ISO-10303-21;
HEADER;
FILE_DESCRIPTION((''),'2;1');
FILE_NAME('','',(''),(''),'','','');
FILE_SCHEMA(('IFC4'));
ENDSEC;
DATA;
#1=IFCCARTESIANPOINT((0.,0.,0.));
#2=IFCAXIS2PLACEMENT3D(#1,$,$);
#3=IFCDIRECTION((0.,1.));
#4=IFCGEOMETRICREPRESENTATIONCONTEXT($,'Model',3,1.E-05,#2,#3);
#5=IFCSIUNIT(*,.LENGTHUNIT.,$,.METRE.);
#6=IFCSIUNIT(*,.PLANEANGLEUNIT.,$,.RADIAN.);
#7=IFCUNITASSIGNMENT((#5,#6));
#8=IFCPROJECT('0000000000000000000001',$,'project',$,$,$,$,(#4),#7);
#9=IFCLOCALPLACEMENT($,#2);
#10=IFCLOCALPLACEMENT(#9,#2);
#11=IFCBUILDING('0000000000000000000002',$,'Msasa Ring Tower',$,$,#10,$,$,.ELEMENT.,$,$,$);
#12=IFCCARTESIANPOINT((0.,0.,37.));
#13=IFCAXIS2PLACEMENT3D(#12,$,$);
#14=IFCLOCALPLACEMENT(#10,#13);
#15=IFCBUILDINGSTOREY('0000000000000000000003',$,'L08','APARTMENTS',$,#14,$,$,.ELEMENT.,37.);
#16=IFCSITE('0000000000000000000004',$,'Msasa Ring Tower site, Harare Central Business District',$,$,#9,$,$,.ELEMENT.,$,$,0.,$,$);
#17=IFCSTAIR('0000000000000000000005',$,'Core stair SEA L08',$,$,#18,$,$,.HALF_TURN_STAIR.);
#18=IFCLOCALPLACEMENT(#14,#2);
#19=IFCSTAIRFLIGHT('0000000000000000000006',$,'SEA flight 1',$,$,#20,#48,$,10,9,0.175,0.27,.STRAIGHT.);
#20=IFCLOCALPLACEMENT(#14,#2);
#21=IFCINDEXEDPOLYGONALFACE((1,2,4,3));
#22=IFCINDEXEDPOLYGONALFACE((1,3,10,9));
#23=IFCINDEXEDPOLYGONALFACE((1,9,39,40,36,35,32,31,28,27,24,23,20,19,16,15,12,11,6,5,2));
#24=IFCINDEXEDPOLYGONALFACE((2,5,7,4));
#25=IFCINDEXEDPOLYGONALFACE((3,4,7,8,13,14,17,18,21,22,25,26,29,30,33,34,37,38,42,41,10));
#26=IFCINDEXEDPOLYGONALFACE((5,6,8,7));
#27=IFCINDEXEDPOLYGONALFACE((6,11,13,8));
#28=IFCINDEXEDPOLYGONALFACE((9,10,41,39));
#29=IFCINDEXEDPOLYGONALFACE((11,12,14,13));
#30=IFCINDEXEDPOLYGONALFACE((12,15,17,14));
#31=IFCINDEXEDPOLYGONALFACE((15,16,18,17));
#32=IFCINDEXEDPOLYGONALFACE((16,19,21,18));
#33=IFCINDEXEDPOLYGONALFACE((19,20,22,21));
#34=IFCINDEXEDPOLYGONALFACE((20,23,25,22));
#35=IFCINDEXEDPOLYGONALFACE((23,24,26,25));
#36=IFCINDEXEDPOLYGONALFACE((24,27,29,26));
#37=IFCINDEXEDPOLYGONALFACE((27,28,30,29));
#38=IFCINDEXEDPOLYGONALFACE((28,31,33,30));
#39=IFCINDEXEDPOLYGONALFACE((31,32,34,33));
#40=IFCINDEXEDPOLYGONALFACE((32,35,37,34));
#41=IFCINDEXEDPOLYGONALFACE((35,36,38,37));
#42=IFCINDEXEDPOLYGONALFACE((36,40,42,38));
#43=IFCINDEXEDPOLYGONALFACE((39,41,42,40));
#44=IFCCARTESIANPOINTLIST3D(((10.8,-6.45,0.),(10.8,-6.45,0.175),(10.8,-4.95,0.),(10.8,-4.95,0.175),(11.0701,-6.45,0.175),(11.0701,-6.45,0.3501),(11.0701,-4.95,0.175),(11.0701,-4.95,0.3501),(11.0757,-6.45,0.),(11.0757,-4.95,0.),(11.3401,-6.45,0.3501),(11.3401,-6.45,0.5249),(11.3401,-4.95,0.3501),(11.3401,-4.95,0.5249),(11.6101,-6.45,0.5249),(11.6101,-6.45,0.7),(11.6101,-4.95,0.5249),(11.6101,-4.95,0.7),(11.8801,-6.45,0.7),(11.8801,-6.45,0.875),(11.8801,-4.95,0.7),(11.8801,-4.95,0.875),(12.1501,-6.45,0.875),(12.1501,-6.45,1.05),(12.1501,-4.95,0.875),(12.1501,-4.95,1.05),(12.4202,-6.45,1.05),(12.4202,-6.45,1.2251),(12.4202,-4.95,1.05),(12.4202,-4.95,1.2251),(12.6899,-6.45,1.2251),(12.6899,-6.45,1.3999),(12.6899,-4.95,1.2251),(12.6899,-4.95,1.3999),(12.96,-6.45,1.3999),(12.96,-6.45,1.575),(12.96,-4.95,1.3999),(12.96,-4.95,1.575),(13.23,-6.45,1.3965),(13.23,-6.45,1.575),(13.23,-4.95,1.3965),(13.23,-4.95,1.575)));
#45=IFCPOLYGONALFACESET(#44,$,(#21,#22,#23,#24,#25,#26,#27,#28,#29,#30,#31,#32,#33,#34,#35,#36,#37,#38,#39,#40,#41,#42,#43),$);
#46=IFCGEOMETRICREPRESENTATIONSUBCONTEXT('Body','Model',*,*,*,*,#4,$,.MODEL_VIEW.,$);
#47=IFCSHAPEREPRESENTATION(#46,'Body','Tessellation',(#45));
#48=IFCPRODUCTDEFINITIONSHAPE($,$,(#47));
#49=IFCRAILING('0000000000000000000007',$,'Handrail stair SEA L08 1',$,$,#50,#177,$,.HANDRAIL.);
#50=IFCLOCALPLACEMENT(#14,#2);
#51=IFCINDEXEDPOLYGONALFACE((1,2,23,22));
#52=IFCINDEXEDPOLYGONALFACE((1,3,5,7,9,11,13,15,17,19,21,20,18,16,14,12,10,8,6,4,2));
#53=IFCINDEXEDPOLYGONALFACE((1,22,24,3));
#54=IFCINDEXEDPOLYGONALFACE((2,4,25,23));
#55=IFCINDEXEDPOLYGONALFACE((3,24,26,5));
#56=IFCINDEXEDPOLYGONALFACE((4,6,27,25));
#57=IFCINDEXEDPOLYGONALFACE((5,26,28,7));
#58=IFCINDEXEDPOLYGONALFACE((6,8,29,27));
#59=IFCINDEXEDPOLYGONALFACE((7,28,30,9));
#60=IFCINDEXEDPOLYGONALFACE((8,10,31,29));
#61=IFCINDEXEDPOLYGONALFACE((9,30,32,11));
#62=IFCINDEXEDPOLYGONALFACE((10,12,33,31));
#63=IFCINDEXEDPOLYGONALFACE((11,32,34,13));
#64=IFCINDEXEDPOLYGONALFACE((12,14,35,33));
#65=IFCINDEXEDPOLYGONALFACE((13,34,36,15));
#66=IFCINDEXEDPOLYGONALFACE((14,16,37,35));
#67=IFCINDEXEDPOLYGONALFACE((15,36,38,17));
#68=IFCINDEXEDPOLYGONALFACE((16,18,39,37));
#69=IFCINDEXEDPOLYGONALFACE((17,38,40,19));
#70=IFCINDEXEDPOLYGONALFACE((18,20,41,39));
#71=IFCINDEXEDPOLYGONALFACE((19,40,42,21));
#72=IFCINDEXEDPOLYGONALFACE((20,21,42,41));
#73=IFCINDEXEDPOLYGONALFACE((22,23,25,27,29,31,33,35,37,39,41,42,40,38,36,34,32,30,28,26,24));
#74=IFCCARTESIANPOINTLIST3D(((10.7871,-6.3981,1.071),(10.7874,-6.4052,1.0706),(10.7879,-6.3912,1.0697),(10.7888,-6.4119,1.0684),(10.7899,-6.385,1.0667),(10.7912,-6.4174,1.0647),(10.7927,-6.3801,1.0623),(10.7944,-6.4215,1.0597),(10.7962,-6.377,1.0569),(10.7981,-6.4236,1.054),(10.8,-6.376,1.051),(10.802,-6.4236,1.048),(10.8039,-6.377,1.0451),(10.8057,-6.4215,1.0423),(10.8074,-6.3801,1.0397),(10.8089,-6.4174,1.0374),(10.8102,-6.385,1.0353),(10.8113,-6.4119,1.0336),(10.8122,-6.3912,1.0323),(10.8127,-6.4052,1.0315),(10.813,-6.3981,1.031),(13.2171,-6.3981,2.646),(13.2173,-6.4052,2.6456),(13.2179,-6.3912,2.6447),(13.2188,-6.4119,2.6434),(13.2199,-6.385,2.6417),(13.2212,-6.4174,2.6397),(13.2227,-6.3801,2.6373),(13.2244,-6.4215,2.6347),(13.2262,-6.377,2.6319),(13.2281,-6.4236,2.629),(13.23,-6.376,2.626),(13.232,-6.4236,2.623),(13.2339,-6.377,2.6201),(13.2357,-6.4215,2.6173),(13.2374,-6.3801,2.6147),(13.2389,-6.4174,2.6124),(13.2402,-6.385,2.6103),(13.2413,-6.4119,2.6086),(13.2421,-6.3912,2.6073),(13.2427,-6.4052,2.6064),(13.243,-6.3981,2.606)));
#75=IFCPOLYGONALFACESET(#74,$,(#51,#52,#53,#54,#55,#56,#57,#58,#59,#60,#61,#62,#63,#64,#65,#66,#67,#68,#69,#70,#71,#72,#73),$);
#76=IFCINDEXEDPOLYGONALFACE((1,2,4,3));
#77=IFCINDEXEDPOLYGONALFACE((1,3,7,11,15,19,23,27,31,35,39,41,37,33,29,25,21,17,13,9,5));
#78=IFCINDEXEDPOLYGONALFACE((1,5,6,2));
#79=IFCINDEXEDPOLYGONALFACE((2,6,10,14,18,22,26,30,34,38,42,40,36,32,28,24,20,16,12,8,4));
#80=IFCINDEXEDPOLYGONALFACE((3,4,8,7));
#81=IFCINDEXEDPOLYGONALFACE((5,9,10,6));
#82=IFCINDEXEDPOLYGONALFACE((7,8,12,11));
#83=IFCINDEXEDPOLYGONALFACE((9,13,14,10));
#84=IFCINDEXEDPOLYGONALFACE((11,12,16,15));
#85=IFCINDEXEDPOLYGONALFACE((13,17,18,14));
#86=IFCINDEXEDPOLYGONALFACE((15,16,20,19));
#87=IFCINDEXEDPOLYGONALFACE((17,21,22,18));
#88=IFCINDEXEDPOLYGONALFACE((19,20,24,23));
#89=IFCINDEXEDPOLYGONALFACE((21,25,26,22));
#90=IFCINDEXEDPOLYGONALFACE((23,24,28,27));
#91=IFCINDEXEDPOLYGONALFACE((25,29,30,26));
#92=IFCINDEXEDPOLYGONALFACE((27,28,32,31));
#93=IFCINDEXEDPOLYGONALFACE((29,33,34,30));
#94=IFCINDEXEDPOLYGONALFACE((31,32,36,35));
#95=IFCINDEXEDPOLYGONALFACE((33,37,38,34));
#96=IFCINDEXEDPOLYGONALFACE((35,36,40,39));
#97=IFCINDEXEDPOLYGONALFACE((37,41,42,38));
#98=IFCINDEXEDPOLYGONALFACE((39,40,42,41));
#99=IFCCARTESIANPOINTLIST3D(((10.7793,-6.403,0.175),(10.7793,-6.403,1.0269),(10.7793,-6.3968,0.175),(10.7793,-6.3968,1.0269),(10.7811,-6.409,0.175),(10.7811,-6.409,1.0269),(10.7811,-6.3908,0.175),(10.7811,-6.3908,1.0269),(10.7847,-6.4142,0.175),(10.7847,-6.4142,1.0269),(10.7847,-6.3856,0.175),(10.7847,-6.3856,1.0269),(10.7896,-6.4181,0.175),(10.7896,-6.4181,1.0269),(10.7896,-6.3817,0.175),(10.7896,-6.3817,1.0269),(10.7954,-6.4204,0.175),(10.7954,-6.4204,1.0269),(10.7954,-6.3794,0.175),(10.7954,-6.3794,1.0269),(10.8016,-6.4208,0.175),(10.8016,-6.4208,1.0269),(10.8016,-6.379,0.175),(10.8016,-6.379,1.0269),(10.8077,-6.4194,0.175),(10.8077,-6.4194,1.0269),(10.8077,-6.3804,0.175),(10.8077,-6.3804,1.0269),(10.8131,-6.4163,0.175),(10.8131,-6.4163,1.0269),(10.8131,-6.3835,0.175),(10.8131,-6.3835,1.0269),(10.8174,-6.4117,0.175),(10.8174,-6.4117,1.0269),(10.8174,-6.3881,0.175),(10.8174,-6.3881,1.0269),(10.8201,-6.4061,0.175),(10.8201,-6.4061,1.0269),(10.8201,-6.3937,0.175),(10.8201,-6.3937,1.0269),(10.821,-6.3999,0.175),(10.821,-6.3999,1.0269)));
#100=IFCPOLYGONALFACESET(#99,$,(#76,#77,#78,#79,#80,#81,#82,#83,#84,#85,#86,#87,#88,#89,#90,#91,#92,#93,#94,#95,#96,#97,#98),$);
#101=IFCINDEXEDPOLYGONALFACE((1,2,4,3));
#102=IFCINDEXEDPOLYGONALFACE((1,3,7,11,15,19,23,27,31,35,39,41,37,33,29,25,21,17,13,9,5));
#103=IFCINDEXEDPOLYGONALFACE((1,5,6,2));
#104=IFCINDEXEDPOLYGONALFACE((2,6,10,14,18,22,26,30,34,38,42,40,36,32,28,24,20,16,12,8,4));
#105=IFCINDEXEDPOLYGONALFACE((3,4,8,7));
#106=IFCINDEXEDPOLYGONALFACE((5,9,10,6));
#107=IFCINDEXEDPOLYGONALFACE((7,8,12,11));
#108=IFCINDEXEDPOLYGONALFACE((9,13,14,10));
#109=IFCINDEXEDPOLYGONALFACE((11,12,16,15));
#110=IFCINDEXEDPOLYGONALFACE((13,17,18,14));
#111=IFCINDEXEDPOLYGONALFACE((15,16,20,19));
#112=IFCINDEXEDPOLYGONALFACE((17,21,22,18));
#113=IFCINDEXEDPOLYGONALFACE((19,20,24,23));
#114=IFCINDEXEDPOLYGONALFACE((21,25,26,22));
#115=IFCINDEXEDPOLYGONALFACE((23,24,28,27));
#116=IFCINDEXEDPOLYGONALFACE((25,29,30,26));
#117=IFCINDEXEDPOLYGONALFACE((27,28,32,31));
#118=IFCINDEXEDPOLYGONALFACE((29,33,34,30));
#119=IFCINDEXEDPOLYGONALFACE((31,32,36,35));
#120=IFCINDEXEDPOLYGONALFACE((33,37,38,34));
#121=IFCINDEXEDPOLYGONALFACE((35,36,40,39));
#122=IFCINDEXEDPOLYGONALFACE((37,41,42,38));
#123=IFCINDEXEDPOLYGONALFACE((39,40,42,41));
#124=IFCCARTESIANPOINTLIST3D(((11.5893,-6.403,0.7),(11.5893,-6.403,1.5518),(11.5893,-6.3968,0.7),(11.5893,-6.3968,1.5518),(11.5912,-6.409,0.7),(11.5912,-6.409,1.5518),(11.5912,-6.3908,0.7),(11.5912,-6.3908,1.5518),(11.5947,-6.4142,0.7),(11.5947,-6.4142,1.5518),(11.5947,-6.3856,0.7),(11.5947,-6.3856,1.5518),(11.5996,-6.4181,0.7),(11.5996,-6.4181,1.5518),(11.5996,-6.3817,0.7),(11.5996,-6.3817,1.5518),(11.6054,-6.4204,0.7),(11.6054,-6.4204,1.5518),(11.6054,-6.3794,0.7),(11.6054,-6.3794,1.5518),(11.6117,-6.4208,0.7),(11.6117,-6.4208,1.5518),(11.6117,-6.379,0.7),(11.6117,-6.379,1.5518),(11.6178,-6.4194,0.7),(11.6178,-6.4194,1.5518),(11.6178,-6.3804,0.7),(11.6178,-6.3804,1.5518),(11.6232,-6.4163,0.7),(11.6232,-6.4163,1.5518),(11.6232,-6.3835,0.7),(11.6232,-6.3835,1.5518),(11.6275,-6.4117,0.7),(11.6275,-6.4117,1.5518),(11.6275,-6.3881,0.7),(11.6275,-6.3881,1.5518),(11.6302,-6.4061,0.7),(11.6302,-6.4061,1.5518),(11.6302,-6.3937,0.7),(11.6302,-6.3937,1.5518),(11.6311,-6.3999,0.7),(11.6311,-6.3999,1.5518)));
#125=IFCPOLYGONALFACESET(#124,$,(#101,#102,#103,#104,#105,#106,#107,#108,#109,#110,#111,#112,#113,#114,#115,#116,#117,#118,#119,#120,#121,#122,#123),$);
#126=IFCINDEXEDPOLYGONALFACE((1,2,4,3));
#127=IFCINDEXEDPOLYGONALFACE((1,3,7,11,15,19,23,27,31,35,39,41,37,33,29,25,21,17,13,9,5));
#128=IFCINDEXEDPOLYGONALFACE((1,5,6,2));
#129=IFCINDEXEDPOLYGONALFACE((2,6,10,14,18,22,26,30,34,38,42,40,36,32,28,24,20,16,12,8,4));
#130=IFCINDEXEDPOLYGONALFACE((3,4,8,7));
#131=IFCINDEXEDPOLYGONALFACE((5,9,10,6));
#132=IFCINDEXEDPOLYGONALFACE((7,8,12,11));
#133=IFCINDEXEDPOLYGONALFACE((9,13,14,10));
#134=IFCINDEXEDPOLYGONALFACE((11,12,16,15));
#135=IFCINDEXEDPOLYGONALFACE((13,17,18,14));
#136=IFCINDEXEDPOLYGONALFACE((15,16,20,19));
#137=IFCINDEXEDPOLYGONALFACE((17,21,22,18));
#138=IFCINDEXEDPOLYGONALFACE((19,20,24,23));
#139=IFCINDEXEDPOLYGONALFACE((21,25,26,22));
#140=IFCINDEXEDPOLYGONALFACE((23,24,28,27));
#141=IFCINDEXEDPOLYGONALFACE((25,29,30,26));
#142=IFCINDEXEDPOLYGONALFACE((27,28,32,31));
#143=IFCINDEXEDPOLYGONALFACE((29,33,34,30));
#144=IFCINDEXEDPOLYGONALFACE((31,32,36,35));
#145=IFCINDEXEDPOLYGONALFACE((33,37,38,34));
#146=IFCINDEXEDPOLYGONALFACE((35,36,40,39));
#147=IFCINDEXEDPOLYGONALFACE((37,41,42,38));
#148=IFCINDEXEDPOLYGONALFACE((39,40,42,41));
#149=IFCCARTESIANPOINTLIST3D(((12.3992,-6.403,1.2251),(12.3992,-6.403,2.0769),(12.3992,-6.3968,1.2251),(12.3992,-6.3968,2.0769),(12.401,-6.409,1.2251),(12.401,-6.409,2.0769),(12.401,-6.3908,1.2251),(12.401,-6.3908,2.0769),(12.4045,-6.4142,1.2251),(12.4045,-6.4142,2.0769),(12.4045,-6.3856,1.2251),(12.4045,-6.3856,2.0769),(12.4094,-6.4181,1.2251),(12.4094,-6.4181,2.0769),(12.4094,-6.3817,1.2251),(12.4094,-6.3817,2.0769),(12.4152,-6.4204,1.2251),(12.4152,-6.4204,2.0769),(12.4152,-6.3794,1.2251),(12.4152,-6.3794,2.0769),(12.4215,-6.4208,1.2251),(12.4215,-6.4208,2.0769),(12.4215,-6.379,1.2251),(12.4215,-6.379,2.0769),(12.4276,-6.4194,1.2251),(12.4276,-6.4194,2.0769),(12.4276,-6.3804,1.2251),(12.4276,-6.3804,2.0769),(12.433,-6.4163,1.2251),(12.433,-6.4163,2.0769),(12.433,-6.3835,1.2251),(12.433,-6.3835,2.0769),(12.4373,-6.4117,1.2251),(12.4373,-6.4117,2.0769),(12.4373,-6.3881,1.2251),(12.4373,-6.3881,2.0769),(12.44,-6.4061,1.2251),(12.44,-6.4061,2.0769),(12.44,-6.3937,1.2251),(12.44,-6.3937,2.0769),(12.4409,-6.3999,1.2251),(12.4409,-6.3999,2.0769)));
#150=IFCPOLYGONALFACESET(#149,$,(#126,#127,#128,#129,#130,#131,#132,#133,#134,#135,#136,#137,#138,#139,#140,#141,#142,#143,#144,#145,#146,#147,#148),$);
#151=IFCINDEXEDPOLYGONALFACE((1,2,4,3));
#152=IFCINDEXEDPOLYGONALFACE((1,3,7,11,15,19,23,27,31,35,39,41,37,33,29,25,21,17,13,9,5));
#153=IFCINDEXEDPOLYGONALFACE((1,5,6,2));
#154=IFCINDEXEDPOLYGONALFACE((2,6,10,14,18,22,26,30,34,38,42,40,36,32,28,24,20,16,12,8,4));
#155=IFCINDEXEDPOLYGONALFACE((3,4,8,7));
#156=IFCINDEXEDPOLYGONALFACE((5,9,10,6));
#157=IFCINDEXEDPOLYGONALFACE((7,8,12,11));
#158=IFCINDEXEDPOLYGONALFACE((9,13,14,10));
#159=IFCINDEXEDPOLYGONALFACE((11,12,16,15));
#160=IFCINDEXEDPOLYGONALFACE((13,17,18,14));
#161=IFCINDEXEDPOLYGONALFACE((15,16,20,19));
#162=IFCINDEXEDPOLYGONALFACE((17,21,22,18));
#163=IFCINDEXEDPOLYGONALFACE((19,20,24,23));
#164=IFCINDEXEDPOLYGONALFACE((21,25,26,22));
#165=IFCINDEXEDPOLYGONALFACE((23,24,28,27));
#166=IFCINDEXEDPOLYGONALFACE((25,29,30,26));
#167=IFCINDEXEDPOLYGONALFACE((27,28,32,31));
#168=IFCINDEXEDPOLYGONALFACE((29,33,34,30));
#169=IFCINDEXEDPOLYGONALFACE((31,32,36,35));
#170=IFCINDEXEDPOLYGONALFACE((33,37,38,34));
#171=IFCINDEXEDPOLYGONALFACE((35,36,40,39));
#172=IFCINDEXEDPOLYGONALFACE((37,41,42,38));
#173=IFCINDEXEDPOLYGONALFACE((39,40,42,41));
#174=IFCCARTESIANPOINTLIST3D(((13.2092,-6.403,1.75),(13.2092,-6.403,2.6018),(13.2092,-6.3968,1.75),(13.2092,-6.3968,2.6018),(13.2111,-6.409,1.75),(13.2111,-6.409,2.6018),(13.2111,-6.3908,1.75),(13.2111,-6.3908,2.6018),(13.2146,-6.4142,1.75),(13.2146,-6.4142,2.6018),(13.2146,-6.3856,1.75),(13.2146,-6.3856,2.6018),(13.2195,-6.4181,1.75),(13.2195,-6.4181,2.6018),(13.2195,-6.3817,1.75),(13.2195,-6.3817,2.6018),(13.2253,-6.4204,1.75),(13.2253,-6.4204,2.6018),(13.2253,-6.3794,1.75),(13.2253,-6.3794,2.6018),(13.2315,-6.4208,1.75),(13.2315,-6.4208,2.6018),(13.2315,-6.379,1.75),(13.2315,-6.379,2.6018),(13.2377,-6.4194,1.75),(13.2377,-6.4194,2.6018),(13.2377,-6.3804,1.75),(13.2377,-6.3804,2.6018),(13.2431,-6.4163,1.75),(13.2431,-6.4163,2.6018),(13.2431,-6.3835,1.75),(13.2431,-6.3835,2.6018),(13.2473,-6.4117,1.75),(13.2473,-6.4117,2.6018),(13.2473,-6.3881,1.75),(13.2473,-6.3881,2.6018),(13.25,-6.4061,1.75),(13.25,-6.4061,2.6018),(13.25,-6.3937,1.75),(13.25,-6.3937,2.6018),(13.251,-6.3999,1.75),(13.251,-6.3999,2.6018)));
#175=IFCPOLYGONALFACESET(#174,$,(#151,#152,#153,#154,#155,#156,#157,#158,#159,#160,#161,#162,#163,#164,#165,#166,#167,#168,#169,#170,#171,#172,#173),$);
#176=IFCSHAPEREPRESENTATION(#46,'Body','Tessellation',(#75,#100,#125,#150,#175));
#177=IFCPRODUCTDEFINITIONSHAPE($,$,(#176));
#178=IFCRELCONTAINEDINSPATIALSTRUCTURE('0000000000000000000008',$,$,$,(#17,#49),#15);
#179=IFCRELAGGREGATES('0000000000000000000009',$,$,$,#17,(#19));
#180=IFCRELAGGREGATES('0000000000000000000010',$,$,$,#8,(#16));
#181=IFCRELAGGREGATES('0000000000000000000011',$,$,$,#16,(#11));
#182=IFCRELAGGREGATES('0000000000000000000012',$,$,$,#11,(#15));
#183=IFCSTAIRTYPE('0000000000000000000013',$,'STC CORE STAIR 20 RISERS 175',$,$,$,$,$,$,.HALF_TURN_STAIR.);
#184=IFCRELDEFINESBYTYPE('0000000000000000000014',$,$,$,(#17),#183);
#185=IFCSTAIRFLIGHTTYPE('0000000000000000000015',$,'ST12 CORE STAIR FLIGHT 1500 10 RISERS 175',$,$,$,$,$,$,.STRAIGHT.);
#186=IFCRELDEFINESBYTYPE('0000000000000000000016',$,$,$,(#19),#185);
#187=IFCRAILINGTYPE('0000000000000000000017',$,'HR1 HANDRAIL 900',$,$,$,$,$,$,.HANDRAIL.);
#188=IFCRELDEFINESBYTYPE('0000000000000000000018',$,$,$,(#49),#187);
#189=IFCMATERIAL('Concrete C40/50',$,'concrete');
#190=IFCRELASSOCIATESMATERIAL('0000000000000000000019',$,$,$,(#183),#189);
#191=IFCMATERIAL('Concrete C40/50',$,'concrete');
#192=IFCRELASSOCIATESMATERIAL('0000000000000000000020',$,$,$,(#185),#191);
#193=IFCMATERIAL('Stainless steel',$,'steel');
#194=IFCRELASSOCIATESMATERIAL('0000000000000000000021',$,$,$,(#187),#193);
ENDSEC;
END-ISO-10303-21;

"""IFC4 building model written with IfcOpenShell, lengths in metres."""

from ifc_helpers import new_model, si_unit, direction, frame, origin, origin_2d, place, context, subcontext, project, spatial, polyline, circle, outline, extrude, material, type_object, element, aggregate, save


model = new_model("IFC4")

# Units and contexts
model_context = context("Model", 3, precision=1e-05, world=origin(), true_north=direction((0.0, 1.0)))
body_context = subcontext(model_context, "Body", "Model", "MODEL_VIEW")
ifc_project = project(units=[si_unit("LENGTHUNIT", "METRE"), si_unit("PLANEANGLEUNIT", "RADIAN")], contexts=[model_context])

# Site, building, storey
site_placement = place(None, origin())
site = spatial("IfcSite", under=ifc_project, at=site_placement, Name="Msasa Ring Tower site, Harare Central Business District", CompositionType="ELEMENT", RefElevation=0.0)
building_placement = place(site_placement, origin())
building = spatial("IfcBuilding", under=site, at=building_placement, Name="Msasa Ring Tower", CompositionType="ELEMENT")
storey_placement = place(building_placement, frame((0.0, 0.0, 37.0)))
storey = spatial("IfcBuildingStorey", under=building, at=storey_placement, Name="L08", Description="APARTMENTS", CompositionType="ELEMENT", Elevation=37.0)

# Stair, stair flight
ifc_material_1 = material(Name="Concrete C40/50", Category="concrete")
stair_type = type_object("IfcStairType", Name="STC CORE STAIR 20 RISERS 175", PredefinedType="HALF_TURN_STAIR", material=ifc_material_1)
stair_placement = place(storey_placement, origin())
stair = element("IfcStair", 1, at=stair_placement, inside=storey, type_object=stair_type, Name="Core stair SEA L08", PredefinedType="HALF_TURN_STAIR")
ifc_material_2 = material(Name="Concrete C40/50", Category="concrete")
stair_flight_type = type_object("IfcStairFlightType", Name="ST12 CORE STAIR FLIGHT 1500 10 RISERS 175", PredefinedType="STRAIGHT", material=ifc_material_2)
stair_flight_placement = place(storey_placement, frame((10.8, -5.7, 0.0), z_axis=(0.0, 0.0, 1.0), x_axis=(1.0, 0.0, 0.0)))
stair_flight = element("IfcStairFlight", 2, at=stair_flight_placement, type_object=stair_flight_type, Name="SEA flight 1", NumberOfRisers=10, NumberOfTreads=9, PredefinedType="STRAIGHT", RiserHeight=0.175, TreadLength=0.27, context=body_context, shape_type="SweptSolid", body=[
    extrude(outline(polyline([(0.0, 0.0), (0.0, 0.175), (0.27, 0.175), (0.27, 0.3501), (0.54, 0.3501), (0.54, 0.5249), (0.8101, 0.5249), (0.8101, 0.7), (1.0801, 0.7), (1.0801, 0.875), (1.3501, 0.875), (1.3501, 1.05), (1.6201, 1.05), (1.6201, 1.2251), (1.8899, 1.2251), (1.8899, 1.3999), (2.1599, 1.3999), (2.1599, 1.575), (2.4299, 1.575), (2.4299, 1.75), (2.4299, 1.3965), (0.2756, 0.0), (0.0, 0.0)])), frame((0.0, 0.75, 0.0), z_axis=(0.0, -1.0, 0.0), x_axis=(1.0, 0.0, 0.0)), (0.0, 0.0, 1.0), 1.5),
])
aggregate(stair, [stair_flight])

# Railing
ifc_material_3 = material(Name="Stainless steel", Category="steel")
railing_type = type_object("IfcRailingType", Name="HR1 HANDRAIL 900", PredefinedType="HANDRAIL", material=ifc_material_3)
for number, where, name in (
    (3, (10.8, -6.3999, 0.175), "Handrail stair SEA L08 1"),
):
    element("IfcRailing", number, at=place(storey_placement, frame(where)), inside=storey, type_object=railing_type, Name=name, PredefinedType="HANDRAIL", context=body_context, shape_type="SweptSolid", body=[
        extrude(circle(Radius=0.0239, at=origin_2d()), frame((0.0, 0.0, 0.876), z_axis=(0.839154, 0.0, 0.543894), x_axis=(0.0, 1.0, 0.0)), (0.0, 0.0, 1.0), 2.8958),
        extrude(circle(Radius=0.021, at=origin_2d()), origin(), (0.0, 0.0, 1.0), 0.8518),
        extrude(circle(Radius=0.021, at=origin_2d()), frame((0.8101, 0.0, 0.5249)), (0.0, 0.0, 1.0), 0.8518),
        extrude(circle(Radius=0.021, at=origin_2d()), frame((1.6199, 0.0, 1.05)), (0.0, 0.0, 1.0), 0.8518),
        extrude(circle(Radius=0.021, at=origin_2d()), frame((2.4299, 0.0, 1.575)), (0.0, 0.0, 1.0), 0.8518),
    ])

save(model, "model.ifc")
